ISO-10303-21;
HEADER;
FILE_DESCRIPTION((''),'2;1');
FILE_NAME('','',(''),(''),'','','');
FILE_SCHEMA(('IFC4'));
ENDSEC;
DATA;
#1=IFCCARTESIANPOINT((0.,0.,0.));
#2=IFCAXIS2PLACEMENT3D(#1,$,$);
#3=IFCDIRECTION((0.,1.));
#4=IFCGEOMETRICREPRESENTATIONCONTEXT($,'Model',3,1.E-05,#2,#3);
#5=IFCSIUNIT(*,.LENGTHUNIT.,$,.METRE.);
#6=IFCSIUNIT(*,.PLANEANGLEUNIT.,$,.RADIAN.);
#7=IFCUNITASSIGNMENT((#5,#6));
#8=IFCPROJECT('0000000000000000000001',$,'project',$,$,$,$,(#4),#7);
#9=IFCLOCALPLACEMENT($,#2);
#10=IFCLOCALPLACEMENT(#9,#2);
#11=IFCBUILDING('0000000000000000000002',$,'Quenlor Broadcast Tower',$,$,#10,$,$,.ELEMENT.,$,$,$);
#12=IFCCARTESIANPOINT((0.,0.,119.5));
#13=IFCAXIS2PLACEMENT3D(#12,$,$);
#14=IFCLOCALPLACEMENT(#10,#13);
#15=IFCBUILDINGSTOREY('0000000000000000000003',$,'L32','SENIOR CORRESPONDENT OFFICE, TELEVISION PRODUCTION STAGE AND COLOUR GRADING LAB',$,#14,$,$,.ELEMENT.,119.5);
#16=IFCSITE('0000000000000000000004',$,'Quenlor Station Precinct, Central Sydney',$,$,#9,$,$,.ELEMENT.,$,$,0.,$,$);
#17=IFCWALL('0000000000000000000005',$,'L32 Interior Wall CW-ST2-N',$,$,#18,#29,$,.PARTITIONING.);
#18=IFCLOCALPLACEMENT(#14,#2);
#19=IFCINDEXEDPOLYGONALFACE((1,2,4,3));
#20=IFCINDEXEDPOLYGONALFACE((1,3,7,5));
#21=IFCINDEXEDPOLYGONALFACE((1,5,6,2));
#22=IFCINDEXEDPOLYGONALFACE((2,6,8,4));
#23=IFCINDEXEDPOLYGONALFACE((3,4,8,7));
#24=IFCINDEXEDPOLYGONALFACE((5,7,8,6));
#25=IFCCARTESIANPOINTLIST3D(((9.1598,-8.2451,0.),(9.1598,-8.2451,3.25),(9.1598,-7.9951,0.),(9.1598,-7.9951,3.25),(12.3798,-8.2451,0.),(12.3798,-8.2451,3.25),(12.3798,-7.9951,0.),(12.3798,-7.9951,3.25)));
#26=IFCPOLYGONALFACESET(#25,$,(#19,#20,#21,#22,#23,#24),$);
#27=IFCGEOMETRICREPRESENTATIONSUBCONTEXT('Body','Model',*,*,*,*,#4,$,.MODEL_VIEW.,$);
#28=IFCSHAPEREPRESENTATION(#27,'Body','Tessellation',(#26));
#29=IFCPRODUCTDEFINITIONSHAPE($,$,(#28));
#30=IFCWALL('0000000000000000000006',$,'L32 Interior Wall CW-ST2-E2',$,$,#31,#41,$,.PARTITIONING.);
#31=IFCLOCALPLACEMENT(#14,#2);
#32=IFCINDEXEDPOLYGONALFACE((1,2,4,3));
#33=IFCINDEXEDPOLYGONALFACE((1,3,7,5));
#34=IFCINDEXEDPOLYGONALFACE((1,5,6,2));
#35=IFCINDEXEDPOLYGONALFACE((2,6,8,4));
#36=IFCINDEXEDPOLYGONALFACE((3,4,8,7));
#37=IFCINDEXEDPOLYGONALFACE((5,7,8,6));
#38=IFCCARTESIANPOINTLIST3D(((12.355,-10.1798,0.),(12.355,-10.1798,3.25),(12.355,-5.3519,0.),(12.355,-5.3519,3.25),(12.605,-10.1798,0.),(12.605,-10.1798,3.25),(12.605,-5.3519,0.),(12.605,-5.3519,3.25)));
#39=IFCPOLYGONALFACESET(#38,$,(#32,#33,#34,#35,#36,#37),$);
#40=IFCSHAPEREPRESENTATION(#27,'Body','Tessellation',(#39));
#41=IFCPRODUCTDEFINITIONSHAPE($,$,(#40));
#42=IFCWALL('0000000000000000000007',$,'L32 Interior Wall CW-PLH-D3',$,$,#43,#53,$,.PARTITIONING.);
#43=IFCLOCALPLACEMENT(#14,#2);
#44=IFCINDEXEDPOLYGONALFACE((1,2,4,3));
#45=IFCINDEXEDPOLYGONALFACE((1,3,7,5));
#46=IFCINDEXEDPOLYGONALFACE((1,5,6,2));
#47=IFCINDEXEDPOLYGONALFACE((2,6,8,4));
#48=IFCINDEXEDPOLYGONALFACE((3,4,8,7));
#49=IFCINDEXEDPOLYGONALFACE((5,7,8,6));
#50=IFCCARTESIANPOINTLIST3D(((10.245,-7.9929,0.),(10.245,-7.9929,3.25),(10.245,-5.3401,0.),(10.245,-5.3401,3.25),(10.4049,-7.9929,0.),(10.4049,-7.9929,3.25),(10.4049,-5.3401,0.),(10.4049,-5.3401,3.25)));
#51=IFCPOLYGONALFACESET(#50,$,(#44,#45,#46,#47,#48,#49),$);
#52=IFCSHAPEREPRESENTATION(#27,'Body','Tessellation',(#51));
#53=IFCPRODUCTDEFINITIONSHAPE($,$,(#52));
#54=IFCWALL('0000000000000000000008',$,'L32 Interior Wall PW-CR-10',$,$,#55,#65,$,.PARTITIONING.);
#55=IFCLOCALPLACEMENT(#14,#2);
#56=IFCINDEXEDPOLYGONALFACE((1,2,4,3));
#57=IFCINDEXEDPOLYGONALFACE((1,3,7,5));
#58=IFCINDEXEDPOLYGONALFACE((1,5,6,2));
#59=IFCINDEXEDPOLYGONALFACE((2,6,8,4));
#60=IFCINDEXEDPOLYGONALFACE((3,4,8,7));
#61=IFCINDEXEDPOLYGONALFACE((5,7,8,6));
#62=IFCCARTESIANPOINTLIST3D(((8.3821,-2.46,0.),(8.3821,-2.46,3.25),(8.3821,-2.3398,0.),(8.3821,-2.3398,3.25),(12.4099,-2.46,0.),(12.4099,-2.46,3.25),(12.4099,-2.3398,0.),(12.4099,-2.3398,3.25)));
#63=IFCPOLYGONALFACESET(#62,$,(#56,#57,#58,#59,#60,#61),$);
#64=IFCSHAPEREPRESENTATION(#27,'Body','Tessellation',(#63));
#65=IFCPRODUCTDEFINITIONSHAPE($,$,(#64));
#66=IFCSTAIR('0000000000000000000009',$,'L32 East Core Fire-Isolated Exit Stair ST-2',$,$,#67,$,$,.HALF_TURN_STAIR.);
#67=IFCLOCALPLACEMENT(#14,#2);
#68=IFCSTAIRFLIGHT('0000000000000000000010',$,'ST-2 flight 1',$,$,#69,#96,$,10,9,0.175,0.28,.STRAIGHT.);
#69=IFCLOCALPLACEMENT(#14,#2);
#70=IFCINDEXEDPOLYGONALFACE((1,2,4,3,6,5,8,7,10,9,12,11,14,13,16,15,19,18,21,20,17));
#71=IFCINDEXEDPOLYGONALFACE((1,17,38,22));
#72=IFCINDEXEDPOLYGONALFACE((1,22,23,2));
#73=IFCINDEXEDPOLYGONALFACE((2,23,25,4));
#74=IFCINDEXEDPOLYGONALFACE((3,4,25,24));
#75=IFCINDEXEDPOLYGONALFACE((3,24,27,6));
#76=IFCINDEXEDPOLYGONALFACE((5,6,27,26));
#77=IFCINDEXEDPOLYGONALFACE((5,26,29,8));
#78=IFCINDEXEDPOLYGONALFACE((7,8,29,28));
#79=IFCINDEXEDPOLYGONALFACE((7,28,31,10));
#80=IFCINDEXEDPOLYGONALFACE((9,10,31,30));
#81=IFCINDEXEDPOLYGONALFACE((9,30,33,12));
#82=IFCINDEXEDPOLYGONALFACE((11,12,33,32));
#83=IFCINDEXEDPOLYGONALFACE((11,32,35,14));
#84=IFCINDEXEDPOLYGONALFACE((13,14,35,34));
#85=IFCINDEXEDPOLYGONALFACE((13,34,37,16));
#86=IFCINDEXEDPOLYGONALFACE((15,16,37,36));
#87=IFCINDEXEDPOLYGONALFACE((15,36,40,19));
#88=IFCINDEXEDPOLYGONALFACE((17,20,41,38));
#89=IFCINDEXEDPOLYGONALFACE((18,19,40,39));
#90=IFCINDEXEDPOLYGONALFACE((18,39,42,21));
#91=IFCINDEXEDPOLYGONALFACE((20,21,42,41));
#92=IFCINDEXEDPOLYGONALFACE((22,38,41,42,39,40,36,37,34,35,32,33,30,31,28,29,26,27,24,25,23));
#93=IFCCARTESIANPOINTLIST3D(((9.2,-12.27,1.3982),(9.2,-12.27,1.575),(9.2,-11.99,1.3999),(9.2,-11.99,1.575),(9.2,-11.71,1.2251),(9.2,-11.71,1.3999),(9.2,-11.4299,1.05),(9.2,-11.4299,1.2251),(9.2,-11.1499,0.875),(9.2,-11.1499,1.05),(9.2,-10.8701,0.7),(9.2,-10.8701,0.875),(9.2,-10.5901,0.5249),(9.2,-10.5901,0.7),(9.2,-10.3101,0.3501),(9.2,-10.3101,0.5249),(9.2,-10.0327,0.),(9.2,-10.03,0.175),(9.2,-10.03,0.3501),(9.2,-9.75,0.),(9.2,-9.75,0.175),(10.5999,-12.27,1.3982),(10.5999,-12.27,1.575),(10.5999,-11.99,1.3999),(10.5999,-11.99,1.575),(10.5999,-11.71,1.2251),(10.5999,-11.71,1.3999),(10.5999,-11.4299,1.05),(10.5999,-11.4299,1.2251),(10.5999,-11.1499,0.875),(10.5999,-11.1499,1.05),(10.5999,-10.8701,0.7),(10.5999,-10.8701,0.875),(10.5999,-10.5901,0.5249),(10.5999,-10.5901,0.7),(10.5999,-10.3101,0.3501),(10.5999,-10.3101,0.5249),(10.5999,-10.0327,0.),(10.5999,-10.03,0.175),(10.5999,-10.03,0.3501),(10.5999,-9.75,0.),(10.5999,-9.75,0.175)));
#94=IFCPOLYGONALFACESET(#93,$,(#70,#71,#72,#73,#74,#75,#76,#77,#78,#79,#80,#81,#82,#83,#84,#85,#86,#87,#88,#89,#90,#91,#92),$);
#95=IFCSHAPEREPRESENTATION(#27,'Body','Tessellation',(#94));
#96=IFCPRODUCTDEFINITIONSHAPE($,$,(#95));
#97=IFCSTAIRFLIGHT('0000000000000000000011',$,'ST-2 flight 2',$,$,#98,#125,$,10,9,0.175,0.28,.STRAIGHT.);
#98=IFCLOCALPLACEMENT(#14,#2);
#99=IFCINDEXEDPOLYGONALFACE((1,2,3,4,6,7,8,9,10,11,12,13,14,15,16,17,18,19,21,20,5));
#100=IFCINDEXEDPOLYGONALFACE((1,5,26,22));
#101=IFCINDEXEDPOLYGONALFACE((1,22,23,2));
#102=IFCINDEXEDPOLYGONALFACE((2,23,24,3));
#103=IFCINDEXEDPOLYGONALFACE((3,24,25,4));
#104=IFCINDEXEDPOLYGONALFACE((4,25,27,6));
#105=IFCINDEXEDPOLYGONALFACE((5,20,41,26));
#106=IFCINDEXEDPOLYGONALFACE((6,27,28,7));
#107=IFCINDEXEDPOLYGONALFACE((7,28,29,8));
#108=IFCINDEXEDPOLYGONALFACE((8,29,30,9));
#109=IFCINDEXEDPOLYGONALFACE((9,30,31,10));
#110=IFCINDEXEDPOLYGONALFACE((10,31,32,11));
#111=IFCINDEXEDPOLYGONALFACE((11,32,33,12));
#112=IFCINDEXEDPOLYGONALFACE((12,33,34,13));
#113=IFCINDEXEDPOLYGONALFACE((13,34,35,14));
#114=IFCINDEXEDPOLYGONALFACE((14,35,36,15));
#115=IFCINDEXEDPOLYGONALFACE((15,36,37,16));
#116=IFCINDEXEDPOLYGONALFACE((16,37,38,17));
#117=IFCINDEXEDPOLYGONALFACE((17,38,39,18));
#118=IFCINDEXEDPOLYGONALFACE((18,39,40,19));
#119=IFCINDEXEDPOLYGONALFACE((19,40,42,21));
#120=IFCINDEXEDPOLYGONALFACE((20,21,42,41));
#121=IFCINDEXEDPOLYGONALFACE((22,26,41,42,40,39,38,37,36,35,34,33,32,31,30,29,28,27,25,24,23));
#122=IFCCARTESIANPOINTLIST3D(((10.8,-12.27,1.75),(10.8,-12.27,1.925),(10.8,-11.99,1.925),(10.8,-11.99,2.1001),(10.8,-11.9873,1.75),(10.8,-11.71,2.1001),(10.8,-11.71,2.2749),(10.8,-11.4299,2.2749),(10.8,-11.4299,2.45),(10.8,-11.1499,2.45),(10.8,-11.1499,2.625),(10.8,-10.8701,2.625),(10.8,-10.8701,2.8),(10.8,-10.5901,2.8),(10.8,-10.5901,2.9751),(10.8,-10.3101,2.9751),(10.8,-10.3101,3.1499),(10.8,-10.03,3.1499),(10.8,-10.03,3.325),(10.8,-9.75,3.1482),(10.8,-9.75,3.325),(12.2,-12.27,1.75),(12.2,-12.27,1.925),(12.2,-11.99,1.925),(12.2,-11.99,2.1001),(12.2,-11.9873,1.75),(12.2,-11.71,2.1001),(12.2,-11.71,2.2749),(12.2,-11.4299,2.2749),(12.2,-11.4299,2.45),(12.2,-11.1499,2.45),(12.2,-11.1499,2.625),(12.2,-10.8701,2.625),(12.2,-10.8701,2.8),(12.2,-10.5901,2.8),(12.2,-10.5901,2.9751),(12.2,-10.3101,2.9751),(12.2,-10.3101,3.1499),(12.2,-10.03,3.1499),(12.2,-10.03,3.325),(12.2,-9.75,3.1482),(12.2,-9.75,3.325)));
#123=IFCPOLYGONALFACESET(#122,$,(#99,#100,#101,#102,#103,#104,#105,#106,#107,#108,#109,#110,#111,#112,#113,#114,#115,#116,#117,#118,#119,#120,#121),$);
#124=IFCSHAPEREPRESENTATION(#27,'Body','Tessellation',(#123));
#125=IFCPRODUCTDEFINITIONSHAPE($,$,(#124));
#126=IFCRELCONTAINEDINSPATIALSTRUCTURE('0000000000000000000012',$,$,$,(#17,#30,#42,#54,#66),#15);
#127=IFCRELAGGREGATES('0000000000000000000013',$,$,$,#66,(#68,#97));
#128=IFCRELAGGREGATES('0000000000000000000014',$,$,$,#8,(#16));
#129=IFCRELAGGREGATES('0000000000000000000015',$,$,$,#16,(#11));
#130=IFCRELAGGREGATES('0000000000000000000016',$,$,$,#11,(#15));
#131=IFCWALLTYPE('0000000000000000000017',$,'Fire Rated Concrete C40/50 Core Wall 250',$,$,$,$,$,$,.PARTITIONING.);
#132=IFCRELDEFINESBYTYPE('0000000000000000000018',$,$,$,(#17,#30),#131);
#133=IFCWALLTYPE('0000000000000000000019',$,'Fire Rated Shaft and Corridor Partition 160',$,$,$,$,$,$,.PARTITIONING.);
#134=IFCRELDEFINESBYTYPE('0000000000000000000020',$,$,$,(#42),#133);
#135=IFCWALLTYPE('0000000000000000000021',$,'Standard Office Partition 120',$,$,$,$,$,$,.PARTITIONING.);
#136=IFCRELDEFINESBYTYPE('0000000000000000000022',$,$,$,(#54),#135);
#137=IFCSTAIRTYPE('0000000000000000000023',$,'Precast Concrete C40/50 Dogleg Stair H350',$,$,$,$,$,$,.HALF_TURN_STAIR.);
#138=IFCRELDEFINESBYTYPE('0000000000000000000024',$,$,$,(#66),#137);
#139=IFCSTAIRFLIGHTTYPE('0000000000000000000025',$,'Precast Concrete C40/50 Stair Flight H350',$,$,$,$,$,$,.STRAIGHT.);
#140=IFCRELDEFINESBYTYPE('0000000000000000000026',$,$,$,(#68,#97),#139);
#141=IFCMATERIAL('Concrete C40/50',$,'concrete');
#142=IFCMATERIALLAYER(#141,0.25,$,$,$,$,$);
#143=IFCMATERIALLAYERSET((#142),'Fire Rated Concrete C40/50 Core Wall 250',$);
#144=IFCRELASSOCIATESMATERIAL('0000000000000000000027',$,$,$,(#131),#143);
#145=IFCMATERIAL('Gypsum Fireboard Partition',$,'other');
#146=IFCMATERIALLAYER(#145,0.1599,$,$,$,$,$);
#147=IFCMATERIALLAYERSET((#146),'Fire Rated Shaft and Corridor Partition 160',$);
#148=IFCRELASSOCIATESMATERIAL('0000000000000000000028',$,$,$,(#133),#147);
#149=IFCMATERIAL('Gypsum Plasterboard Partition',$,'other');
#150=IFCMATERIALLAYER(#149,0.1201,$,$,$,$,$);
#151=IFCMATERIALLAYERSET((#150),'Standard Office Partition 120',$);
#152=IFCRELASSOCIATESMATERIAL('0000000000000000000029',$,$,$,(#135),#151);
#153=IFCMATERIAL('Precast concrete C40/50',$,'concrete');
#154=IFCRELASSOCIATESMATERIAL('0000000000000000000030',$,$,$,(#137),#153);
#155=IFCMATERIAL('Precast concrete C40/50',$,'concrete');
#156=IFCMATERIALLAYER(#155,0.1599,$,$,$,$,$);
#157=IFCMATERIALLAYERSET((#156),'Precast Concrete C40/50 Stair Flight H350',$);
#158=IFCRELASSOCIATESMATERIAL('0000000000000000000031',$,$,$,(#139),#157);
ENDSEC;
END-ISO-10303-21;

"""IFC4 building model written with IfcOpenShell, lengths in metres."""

from ifc_helpers import new_model, si_unit, direction, frame, frame_2d, origin, place, context, subcontext, project, spatial, polyline, rectangle, outline, extrude, material, layer, layer_set, type_object, element, aggregate, save


model = new_model("IFC4")

# Units and contexts
model_context = context("Model", 3, precision=1e-05, world=origin(), true_north=direction((0.0, 1.0)))
body_context = subcontext(model_context, "Body", "Model", "MODEL_VIEW")
ifc_project = project(units=[si_unit("LENGTHUNIT", "METRE"), si_unit("PLANEANGLEUNIT", "RADIAN")], contexts=[model_context])

# Site, building, storey
site_placement = place(None, origin())
site = spatial("IfcSite", under=ifc_project, at=site_placement, Name="Quenlor Station Precinct, Central Sydney", CompositionType="ELEMENT", RefElevation=0.0)
building_placement = place(site_placement, origin())
building = spatial("IfcBuilding", under=site, at=building_placement, Name="Quenlor Broadcast Tower", CompositionType="ELEMENT")
storey_placement = place(building_placement, frame((0.0, 0.0, 119.5)))
storey = spatial("IfcBuildingStorey", under=building, at=storey_placement, Name="L32", Description="SENIOR CORRESPONDENT OFFICE, TELEVISION PRODUCTION STAGE AND COLOUR GRADING LAB", CompositionType="ELEMENT", Elevation=119.5)

# Shared definitions
ifc_material_1 = material(Name="Concrete C40/50", Category="concrete")
ifc_layer_1 = layer(ifc_material_1, 0.25)
ifc_layer_set_1 = layer_set([ifc_layer_1], Name="Fire Rated Concrete C40/50 Core Wall 250")
wall_type_1 = type_object("IfcWallType", Name="Fire Rated Concrete C40/50 Core Wall 250", PredefinedType="PARTITIONING", material=ifc_layer_set_1)

# Walls
wall_1_placement = place(storey_placement, frame((9.1599, -8.1201, 0.0), z_axis=(0.0, 0.0, 1.0), x_axis=(1.0, 0.0, 0.0)))
element("IfcWall", 1, at=wall_1_placement, inside=storey, type_object=wall_type_1, Name="L32 Interior Wall CW-ST2-N", PredefinedType="PARTITIONING", context=body_context, shape_type="SweptSolid", body=[
    extrude(rectangle(XDim=3.22, YDim=0.25, at=frame_2d((1.6099, 0.0))), origin(), (0.0, 0.0, 1.0), 3.25),
])
wall_2_placement = place(storey_placement, frame((12.48, -10.1799, 0.0), z_axis=(0.0, 0.0, 1.0), x_axis=(0.0, 1.0, 0.0)))
element("IfcWall", 2, at=wall_2_placement, inside=storey, type_object=wall_type_1, Name="L32 Interior Wall CW-ST2-E2", PredefinedType="PARTITIONING", context=body_context, shape_type="SweptSolid", body=[
    extrude(rectangle(XDim=4.8279, YDim=0.25, at=frame_2d((2.4141, 0.0))), origin(), (0.0, 0.0, 1.0), 3.25),
])
ifc_material_2 = material(Name="Gypsum Fireboard Partition", Category="other")
ifc_layer_2 = layer(ifc_material_2, 0.1599)
ifc_layer_set_2 = layer_set([ifc_layer_2], Name="Fire Rated Shaft and Corridor Partition 160")
wall_type_2 = type_object("IfcWallType", Name="Fire Rated Shaft and Corridor Partition 160", PredefinedType="PARTITIONING", material=ifc_layer_set_2)
wall_3_placement = place(storey_placement, frame((10.325, -7.9929, 0.0), z_axis=(0.0, 0.0, 1.0), x_axis=(0.0, 1.0, 0.0)))
element("IfcWall", 3, at=wall_3_placement, inside=storey, type_object=wall_type_2, Name="L32 Interior Wall CW-PLH-D3", PredefinedType="PARTITIONING", context=body_context, shape_type="SweptSolid", body=[
    extrude(rectangle(XDim=2.6528, YDim=0.1599, at=frame_2d((1.3264, 0.0))), origin(), (0.0, 0.0, 1.0), 3.25),
])
ifc_material_3 = material(Name="Gypsum Plasterboard Partition", Category="other")
ifc_layer_3 = layer(ifc_material_3, 0.1201)
ifc_layer_set_3 = layer_set([ifc_layer_3], Name="Standard Office Partition 120")
wall_type_3 = type_object("IfcWallType", Name="Standard Office Partition 120", PredefinedType="PARTITIONING", material=ifc_layer_set_3)
wall_4_placement = place(storey_placement, frame((8.3821, -2.3999, 0.0), z_axis=(0.0, 0.0, 1.0), x_axis=(1.0, 0.0, 0.0)))
element("IfcWall", 4, at=wall_4_placement, inside=storey, type_object=wall_type_3, Name="L32 Interior Wall PW-CR-10", PredefinedType="PARTITIONING", context=body_context, shape_type="SweptSolid", body=[
    extrude(rectangle(XDim=4.0278, YDim=0.1201, at=frame_2d((2.0139, 0.0))), origin(), (0.0, 0.0, 1.0), 3.25),
])

# Stair, stair flights
ifc_material_4 = material(Name="Precast concrete C40/50", Category="concrete")
stair_type = type_object("IfcStairType", Name="Precast Concrete C40/50 Dogleg Stair H350", PredefinedType="HALF_TURN_STAIR", material=ifc_material_4)
stair_placement = place(storey_placement, origin())
stair = element("IfcStair", 5, at=stair_placement, inside=storey, type_object=stair_type, Name="L32 East Core Fire-Isolated Exit Stair ST-2", PredefinedType="HALF_TURN_STAIR")
ifc_material_5 = material(Name="Precast concrete C40/50", Category="concrete")
ifc_layer_4 = layer(ifc_material_5, 0.1599)
ifc_layer_set_4 = layer_set([ifc_layer_4], Name="Precast Concrete C40/50 Stair Flight H350")
stair_flight_type = type_object("IfcStairFlightType", Name="Precast Concrete C40/50 Stair Flight H350", PredefinedType="STRAIGHT", material=ifc_layer_set_4)
stair_flight_1_placement = place(storey_placement, frame((9.8999, -9.75, 0.0), z_axis=(0.0, 0.0, 1.0), x_axis=(0.0, -1.0, 0.0)))
stair_flight_1 = element("IfcStairFlight", 6, at=stair_flight_1_placement, type_object=stair_flight_type, Name="ST-2 flight 1", NumberOfRisers=10, NumberOfTreads=9, PredefinedType="STRAIGHT", RiserHeight=0.175, TreadLength=0.28, context=body_context, shape_type="SweptSolid", body=[
    extrude(outline(polyline([(0.0, 0.0), (0.0, 0.175), (0.28, 0.175), (0.28, 0.3501), (0.5601, 0.3501), (0.5601, 0.5249), (0.8401, 0.5249), (0.8401, 0.7), (1.1201, 0.7), (1.1201, 0.875), (1.3999, 0.875), (1.3999, 1.05), (1.6799, 1.05), (1.6799, 1.2251), (1.96, 1.2251), (1.96, 1.3999), (2.24, 1.3999), (2.24, 1.575), (2.52, 1.575), (2.52, 1.75), (2.52, 1.3982), (0.2827, 0.0), (0.0, 0.0)])), frame((0.0, 0.7, 0.0), z_axis=(0.0, -1.0, 0.0), x_axis=(1.0, 0.0, 0.0)), (0.0, 0.0, 1.0), 1.3999),
])
stair_flight_2_placement = place(storey_placement, frame((11.5, -12.27, 1.75), z_axis=(0.0, 0.0, 1.0), x_axis=(0.0, 1.0, 0.0)))
stair_flight_2 = element("IfcStairFlight", 7, at=stair_flight_2_placement, type_object=stair_flight_type, Name="ST-2 flight 2", NumberOfRisers=10, NumberOfTreads=9, PredefinedType="STRAIGHT", RiserHeight=0.175, TreadLength=0.28, context=body_context, shape_type="SweptSolid", body=[
    extrude(outline(polyline([(0.0, 0.0), (0.0, 0.175), (0.28, 0.175), (0.28, 0.3501), (0.5601, 0.3501), (0.5601, 0.5249), (0.8401, 0.5249), (0.8401, 0.7), (1.1201, 0.7), (1.1201, 0.875), (1.3999, 0.875), (1.3999, 1.05), (1.6799, 1.05), (1.6799, 1.2251), (1.96, 1.2251), (1.96, 1.3999), (2.24, 1.3999), (2.24, 1.575), (2.52, 1.575), (2.52, 1.75), (2.52, 1.3982), (0.2827, 0.0), (0.0, 0.0)])), frame((0.0, 0.7, 0.0), z_axis=(0.0, -1.0, 0.0), x_axis=(1.0, 0.0, 0.0)), (0.0, 0.0, 1.0), 1.3999),
])
aggregate(stair, [stair_flight_1, stair_flight_2])

save(model, "model.ifc")
